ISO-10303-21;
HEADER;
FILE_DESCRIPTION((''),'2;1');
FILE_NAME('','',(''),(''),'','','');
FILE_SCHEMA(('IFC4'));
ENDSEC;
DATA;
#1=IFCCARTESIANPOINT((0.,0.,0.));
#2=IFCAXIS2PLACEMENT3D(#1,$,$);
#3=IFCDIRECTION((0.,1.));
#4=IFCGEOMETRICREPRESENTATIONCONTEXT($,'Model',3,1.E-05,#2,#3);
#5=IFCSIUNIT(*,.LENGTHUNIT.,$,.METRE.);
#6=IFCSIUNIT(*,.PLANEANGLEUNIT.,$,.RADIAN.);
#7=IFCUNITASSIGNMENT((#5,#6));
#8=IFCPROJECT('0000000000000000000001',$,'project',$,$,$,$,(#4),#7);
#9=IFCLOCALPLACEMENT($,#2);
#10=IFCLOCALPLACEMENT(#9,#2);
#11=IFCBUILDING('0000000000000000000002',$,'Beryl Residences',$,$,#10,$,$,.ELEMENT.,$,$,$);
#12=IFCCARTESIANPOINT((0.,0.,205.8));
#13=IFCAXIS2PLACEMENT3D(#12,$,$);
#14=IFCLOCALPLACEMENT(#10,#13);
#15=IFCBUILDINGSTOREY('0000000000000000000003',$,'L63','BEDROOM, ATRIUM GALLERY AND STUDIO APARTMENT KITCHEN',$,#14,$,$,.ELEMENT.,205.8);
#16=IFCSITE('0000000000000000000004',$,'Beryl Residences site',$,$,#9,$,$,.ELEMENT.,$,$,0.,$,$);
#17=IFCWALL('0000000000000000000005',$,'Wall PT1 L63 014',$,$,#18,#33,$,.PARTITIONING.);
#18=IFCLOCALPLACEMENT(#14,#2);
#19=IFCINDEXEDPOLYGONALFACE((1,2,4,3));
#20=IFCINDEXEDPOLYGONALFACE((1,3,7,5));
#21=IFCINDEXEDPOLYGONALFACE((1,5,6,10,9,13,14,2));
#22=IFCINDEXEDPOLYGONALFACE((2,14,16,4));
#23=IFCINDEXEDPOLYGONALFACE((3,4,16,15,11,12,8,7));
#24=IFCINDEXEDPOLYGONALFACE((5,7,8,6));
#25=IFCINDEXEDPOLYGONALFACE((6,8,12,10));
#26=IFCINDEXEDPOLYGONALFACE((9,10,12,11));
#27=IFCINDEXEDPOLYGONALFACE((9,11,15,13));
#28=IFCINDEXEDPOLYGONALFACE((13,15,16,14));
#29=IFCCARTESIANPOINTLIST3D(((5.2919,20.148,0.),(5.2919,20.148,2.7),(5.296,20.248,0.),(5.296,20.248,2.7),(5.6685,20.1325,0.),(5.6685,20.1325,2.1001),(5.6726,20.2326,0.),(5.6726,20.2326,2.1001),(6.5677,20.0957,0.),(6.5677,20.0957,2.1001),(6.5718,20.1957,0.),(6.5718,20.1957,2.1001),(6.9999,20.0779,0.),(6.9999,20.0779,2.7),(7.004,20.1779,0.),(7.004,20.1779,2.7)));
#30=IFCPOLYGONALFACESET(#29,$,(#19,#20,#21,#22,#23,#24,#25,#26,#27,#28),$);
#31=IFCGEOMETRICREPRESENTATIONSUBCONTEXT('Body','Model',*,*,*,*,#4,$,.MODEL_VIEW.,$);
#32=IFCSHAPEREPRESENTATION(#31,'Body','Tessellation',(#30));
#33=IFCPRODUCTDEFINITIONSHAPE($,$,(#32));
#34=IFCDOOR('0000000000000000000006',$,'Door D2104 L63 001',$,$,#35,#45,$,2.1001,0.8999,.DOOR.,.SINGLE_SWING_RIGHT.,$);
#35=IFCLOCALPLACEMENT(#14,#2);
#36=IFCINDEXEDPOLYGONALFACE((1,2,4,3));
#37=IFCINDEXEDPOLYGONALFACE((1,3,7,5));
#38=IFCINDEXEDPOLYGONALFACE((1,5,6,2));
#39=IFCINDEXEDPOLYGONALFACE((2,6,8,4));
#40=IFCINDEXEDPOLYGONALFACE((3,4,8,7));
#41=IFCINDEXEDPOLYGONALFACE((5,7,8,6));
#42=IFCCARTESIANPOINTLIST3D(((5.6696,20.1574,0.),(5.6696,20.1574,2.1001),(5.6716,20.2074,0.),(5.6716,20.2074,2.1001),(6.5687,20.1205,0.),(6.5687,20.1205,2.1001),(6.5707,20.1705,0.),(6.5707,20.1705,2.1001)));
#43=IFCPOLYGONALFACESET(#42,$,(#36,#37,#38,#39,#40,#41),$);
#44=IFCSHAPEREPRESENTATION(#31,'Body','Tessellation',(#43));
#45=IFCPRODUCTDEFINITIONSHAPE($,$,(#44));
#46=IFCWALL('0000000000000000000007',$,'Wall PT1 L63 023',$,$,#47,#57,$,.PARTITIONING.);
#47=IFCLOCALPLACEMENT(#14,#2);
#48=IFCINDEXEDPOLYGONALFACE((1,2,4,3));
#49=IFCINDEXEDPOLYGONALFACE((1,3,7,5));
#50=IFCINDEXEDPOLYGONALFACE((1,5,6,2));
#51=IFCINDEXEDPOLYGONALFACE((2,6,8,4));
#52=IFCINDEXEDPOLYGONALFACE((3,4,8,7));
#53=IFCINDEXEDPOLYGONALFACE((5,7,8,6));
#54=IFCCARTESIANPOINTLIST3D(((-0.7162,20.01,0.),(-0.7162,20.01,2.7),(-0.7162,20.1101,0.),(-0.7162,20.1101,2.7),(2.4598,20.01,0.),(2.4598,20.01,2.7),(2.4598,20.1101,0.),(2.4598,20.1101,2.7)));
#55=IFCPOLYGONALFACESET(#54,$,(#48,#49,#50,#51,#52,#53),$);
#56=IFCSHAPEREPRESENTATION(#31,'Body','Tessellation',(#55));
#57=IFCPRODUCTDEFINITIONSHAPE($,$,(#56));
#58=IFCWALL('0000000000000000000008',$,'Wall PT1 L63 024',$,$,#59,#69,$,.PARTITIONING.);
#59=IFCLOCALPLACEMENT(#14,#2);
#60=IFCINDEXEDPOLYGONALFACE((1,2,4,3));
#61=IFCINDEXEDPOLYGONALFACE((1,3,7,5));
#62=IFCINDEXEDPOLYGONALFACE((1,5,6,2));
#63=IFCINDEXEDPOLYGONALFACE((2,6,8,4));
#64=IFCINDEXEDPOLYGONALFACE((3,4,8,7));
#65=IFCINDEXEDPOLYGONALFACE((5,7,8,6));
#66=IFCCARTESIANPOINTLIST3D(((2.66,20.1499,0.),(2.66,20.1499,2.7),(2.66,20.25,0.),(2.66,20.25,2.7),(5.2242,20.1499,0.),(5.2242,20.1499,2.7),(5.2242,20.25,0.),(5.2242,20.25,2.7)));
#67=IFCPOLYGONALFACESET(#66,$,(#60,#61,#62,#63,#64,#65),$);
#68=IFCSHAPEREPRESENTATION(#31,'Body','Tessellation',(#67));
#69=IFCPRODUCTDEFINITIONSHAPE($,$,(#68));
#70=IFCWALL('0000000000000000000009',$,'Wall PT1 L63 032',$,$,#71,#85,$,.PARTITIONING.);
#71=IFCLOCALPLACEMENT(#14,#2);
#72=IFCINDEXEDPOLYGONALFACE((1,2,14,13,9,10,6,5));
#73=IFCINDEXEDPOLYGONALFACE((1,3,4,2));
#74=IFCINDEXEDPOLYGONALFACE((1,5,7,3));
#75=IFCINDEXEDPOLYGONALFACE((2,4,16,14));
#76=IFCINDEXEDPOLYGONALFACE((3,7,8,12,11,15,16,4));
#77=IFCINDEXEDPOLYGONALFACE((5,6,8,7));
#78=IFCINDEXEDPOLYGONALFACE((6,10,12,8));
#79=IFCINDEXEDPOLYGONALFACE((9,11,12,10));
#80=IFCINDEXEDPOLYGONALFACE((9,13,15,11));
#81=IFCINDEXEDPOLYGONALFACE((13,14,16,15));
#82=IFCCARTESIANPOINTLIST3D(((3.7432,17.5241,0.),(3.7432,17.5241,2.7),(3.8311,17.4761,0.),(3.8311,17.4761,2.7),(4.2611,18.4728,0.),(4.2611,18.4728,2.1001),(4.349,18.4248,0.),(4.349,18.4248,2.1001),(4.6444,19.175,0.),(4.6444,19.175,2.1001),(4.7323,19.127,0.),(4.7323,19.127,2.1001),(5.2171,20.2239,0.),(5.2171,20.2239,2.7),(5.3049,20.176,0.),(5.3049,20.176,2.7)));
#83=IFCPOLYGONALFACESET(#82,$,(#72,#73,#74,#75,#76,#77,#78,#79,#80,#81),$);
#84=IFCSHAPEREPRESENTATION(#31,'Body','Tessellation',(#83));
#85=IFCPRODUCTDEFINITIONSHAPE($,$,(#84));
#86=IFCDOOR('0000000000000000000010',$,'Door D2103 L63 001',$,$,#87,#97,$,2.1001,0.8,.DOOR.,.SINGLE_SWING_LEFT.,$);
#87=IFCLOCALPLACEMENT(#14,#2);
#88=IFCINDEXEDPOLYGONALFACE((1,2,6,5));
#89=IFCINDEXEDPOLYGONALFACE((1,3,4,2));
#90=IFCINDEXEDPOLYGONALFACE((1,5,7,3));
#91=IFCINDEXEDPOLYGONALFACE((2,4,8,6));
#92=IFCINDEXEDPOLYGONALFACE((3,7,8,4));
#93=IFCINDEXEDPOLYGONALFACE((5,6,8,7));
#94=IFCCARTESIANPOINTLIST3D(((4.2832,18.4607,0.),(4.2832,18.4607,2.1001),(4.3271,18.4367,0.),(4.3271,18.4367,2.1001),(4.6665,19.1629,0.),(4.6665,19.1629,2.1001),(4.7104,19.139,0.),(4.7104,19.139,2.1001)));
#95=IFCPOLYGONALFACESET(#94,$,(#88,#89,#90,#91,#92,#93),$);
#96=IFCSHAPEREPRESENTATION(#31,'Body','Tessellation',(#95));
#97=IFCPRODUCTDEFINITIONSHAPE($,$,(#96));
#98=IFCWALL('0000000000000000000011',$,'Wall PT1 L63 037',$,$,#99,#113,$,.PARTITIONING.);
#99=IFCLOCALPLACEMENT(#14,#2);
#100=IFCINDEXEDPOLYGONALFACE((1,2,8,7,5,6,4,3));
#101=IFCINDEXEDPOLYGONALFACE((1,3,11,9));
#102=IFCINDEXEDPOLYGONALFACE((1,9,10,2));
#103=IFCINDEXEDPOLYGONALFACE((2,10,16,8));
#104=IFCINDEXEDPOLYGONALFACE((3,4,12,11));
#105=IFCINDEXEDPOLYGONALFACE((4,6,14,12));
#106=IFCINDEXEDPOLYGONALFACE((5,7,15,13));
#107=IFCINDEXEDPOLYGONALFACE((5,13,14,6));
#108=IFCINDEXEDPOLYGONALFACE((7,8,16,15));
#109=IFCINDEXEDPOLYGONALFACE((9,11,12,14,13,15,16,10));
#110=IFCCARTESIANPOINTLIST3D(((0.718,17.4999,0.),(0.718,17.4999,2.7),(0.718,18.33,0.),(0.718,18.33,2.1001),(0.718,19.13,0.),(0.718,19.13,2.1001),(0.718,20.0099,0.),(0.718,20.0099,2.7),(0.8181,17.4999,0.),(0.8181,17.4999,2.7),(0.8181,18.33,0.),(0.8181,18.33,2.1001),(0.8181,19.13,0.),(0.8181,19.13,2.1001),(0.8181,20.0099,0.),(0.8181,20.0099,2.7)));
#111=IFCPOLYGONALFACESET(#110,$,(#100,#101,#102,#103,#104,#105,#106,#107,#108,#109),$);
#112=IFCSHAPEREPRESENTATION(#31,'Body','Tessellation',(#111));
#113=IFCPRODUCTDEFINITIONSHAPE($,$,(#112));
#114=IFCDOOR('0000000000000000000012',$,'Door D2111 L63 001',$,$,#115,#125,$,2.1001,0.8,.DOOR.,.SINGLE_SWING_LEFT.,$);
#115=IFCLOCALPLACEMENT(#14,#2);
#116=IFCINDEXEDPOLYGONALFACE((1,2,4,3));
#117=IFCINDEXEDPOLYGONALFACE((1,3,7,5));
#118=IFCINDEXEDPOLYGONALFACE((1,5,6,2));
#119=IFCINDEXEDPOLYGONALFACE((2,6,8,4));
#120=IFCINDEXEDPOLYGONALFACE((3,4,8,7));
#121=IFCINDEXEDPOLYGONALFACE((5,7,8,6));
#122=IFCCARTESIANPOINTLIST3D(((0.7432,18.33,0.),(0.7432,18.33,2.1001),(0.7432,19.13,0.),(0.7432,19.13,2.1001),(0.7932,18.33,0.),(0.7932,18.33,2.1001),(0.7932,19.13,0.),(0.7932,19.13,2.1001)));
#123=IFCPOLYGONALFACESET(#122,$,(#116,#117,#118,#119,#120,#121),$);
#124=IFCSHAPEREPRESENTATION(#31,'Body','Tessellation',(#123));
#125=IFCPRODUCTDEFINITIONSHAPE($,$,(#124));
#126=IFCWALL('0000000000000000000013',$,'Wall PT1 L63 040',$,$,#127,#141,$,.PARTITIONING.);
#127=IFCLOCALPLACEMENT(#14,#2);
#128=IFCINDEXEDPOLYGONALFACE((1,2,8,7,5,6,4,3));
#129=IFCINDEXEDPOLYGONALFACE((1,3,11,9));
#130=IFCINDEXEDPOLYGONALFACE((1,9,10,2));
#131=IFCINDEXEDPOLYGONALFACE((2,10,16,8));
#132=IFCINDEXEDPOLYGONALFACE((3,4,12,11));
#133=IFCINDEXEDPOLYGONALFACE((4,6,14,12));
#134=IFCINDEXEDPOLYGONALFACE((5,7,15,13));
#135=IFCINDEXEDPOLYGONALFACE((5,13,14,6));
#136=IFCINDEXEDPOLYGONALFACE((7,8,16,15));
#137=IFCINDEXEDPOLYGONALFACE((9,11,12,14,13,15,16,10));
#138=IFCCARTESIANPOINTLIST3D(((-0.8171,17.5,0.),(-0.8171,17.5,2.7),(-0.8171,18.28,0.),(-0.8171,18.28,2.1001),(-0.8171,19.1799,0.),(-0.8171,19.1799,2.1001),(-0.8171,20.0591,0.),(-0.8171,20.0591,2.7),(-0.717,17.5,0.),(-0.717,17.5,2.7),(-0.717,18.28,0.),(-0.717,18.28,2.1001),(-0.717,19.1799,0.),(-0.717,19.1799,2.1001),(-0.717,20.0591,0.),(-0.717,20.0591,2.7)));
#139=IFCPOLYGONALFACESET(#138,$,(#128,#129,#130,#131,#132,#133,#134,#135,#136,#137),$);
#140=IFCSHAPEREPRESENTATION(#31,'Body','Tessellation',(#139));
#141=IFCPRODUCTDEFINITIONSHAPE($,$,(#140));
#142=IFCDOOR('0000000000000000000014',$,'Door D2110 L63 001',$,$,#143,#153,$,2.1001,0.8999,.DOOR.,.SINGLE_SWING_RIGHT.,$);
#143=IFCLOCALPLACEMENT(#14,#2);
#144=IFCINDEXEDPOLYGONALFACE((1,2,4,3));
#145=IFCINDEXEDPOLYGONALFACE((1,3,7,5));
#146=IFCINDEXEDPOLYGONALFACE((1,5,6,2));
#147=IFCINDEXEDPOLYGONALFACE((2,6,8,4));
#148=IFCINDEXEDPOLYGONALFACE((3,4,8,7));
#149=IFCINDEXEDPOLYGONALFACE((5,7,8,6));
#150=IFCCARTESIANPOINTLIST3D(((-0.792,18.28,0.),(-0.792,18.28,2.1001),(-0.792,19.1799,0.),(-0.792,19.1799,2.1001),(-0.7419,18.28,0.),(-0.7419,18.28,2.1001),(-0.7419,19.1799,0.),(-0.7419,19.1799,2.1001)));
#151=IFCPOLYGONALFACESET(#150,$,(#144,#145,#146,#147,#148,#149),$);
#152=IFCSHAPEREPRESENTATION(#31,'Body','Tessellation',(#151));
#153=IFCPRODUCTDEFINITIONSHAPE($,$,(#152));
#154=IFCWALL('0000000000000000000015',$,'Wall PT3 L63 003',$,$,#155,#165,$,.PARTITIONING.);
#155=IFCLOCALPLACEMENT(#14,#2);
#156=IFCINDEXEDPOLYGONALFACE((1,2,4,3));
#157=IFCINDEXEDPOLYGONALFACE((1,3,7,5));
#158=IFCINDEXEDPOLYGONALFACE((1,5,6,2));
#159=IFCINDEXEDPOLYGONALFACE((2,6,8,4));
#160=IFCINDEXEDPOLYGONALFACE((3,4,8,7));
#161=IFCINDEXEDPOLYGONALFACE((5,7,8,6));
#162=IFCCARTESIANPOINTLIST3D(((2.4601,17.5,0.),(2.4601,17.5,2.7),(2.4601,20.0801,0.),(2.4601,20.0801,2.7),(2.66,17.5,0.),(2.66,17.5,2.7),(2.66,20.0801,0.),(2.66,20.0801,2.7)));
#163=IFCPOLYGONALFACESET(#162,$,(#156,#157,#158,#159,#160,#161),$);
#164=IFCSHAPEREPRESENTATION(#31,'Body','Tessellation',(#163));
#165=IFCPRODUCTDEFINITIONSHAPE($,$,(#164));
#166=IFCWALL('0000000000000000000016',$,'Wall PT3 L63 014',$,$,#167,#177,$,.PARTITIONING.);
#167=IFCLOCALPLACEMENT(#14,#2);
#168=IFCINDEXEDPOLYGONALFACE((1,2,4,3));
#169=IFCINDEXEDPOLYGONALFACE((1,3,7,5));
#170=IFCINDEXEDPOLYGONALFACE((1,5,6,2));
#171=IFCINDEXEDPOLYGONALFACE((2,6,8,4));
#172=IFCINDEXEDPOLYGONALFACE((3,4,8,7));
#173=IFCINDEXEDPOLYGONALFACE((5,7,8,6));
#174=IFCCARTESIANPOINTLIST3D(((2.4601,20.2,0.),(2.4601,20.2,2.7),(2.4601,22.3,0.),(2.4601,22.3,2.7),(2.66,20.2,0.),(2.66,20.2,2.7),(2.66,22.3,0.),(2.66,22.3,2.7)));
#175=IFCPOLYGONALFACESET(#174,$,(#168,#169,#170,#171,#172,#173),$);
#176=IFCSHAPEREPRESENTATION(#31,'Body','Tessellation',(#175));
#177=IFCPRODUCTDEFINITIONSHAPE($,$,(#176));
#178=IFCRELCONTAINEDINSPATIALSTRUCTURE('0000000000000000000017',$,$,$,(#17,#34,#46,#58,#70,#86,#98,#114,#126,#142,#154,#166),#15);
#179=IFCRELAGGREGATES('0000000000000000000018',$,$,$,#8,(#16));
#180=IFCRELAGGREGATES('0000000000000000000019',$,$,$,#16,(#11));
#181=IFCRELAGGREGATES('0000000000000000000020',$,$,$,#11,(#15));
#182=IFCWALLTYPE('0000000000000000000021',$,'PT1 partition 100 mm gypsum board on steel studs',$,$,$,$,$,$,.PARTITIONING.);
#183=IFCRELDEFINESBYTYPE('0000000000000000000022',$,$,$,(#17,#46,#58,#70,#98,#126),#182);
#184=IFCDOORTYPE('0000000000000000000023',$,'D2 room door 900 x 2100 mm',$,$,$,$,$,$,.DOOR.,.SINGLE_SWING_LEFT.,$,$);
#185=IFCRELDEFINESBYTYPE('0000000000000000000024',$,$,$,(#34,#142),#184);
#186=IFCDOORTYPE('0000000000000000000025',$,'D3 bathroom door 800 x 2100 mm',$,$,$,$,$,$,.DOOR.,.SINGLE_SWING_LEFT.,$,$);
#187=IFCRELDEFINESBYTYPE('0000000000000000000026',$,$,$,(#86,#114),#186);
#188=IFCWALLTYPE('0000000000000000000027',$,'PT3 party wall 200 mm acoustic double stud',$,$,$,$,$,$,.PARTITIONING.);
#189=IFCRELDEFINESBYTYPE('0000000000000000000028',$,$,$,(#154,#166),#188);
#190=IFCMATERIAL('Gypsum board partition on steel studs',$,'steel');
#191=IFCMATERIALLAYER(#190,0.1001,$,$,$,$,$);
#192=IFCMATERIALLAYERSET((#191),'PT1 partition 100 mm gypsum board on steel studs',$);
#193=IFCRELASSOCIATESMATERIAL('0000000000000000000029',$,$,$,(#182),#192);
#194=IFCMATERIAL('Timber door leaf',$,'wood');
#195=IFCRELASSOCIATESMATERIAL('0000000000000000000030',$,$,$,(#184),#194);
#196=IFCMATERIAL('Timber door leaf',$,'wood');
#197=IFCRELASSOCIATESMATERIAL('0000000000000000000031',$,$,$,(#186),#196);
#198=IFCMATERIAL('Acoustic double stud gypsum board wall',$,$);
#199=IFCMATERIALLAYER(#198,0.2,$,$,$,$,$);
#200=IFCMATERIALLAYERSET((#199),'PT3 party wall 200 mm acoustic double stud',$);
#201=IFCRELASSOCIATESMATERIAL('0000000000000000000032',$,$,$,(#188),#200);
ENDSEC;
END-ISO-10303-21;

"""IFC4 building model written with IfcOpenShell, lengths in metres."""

from ifc_helpers import new_model, si_unit, direction, frame, frame_2d, origin, place, context, subcontext, project, spatial, rectangle, extrude, material, layer, layer_set, type_object, element, fill, save


model = new_model("IFC4")

# Units and contexts
model_context = context("Model", 3, precision=1e-05, world=origin(), true_north=direction((0.0, 1.0)))
body_context = subcontext(model_context, "Body", "Model", "MODEL_VIEW")
ifc_project = project(units=[si_unit("LENGTHUNIT", "METRE"), si_unit("PLANEANGLEUNIT", "RADIAN")], contexts=[model_context])

# Site, building, storey
site_placement = place(None, origin())
site = spatial("IfcSite", under=ifc_project, at=site_placement, Name="Beryl Residences site", CompositionType="ELEMENT", RefElevation=0.0)
building_placement = place(site_placement, origin())
building = spatial("IfcBuilding", under=site, at=building_placement, Name="Beryl Residences", CompositionType="ELEMENT")
storey_placement = place(building_placement, frame((0.0, 0.0, 205.8)))
storey = spatial("IfcBuildingStorey", under=building, at=storey_placement, Name="L63", Description="BEDROOM, ATRIUM GALLERY AND STUDIO APARTMENT KITCHEN", CompositionType="ELEMENT", Elevation=205.8)

# Shared definitions
ifc_material_1 = material(Name="Gypsum board partition on steel studs", Category="steel")
ifc_layer_1 = layer(ifc_material_1, 0.1001)
ifc_layer_set_1 = layer_set([ifc_layer_1], Name="PT1 partition 100 mm gypsum board on steel studs")
wall_type_1 = type_object("IfcWallType", Name="PT1 partition 100 mm gypsum board on steel studs", PredefinedType="PARTITIONING", material=ifc_layer_set_1)

# Wall, opening, door
wall_1_placement = place(storey_placement, frame((5.2939, 20.198, 0.0), z_axis=(0.0, 0.0, 1.0), x_axis=(0.99916, -0.040989, 0.0)))
wall_1 = element("IfcWall", 1, at=wall_1_placement, inside=storey, type_object=wall_type_1, Name="Wall PT1 L63 014", PredefinedType="PARTITIONING", context=body_context, shape_type="SweptSolid", body=[
    extrude(rectangle(XDim=1.7095, YDim=0.1001, at=frame_2d((0.8547, 0.0))), origin(), (0.0, 0.0, 1.0), 2.7),
])
opening_1_placement = place(wall_1_placement, frame((0.377, 0.0, 0.0)))
opening_1 = element("IfcOpeningElement", 2, at=opening_1_placement, cuts=wall_1, PredefinedType="OPENING", context=body_context, shape_type="SweptSolid", body=[
    extrude(rectangle(XDim=0.8999, YDim=2.1001, at=frame_2d((0.45, 1.05))), frame((0.0, 0.0601, 0.0), z_axis=(0.0, -1.0, 0.0), x_axis=(1.0, 0.0, 0.0)), (0.0, 0.0, 1.0), 0.1201),
])
ifc_material_2 = material(Name="Timber door leaf", Category="wood")
door_type_1 = type_object("IfcDoorType", Name="D2 room door 900 x 2100 mm", OperationType="SINGLE_SWING_LEFT", PredefinedType="DOOR", material=ifc_material_2)
door_1_placement = place(opening_1_placement, origin())
door_1 = element("IfcDoor", 3, at=door_1_placement, inside=storey, type_object=door_type_1, Name="Door D2104 L63 001", OperationType="SINGLE_SWING_RIGHT", OverallHeight=2.1001, OverallWidth=0.8999, PredefinedType="DOOR", context=body_context, shape_type="SweptSolid", body=[
    extrude(rectangle(XDim=0.8999, YDim=2.1001, at=frame_2d((0.45, 1.05))), frame((0.0, 0.0249, 0.0), z_axis=(0.0, -1.0, 0.0), x_axis=(1.0, 0.0, 0.0)), (0.0, 0.0, 1.0), 0.05),
])
fill(opening_1, door_1)

# Walls
wall_2_placement = place(storey_placement, frame((-0.7161, 20.0601, 0.0), z_axis=(0.0, 0.0, 1.0), x_axis=(1.0, 0.0, 0.0)))
element("IfcWall", 4, at=wall_2_placement, inside=storey, type_object=wall_type_1, Name="Wall PT1 L63 023", PredefinedType="PARTITIONING", context=body_context, shape_type="SweptSolid", body=[
    extrude(rectangle(XDim=3.176, YDim=0.1001, at=frame_2d((1.5879, 0.0))), origin(), (0.0, 0.0, 1.0), 2.7),
])
wall_3_placement = place(storey_placement, frame((2.6599, 20.2, 0.0), z_axis=(0.0, 0.0, 1.0), x_axis=(1.0, 0.0, 0.0)))
element("IfcWall", 5, at=wall_3_placement, inside=storey, type_object=wall_type_1, Name="Wall PT1 L63 024", PredefinedType="PARTITIONING", context=body_context, shape_type="SweptSolid", body=[
    extrude(rectangle(XDim=2.5642, YDim=0.1001, at=frame_2d((1.2822, 0.0))), origin(), (0.0, 0.0, 1.0), 2.7),
])

# Walls, openings, doors
wall_4_placement = place(storey_placement, frame((3.7871, 17.5, 0.0), z_axis=(0.0, 0.0, 1.0), x_axis=(0.479147, 0.877735, 0.0)))
wall_4 = element("IfcWall", 6, at=wall_4_placement, inside=storey, type_object=wall_type_1, Name="Wall PT1 L63 032", PredefinedType="PARTITIONING", context=body_context, shape_type="SweptSolid", body=[
    extrude(rectangle(XDim=3.0759, YDim=0.1001, at=frame_2d((1.5381, 0.0))), origin(), (0.0, 0.0, 1.0), 2.7),
])
opening_2_placement = place(wall_4_placement, frame((1.0811, 0.0, 0.0)))
opening_2 = element("IfcOpeningElement", 7, at=opening_2_placement, cuts=wall_4, PredefinedType="OPENING", context=body_context, shape_type="SweptSolid", body=[
    extrude(rectangle(XDim=0.8, YDim=2.1001, at=frame_2d((0.3999, 1.05))), frame((0.0, 0.0601, 0.0), z_axis=(0.0, -1.0, 0.0), x_axis=(1.0, 0.0, 0.0)), (0.0, 0.0, 1.0), 0.1201),
])
ifc_material_3 = material(Name="Timber door leaf", Category="wood")
door_type_2 = type_object("IfcDoorType", Name="D3 bathroom door 800 x 2100 mm", OperationType="SINGLE_SWING_LEFT", PredefinedType="DOOR", material=ifc_material_3)
door_2_placement = place(opening_2_placement, origin())
door_2 = element("IfcDoor", 8, at=door_2_placement, inside=storey, type_object=door_type_2, Name="Door D2103 L63 001", OperationType="SINGLE_SWING_LEFT", OverallHeight=2.1001, OverallWidth=0.8, PredefinedType="DOOR", context=body_context, shape_type="SweptSolid", body=[
    extrude(rectangle(XDim=0.8, YDim=2.1001, at=frame_2d((0.3999, 1.05))), frame((0.0, 0.0249, 0.0), z_axis=(0.0, -1.0, 0.0), x_axis=(1.0, 0.0, 0.0)), (0.0, 0.0, 1.0), 0.05),
])
fill(opening_2, door_2)
wall_5_placement = place(storey_placement, frame((0.7681, 17.5, 0.0), z_axis=(0.0, 0.0, 1.0), x_axis=(0.0, 1.0, 0.0)))
wall_5 = element("IfcWall", 9, at=wall_5_placement, inside=storey, type_object=wall_type_1, Name="Wall PT1 L63 037", PredefinedType="PARTITIONING", context=body_context, shape_type="SweptSolid", body=[
    extrude(rectangle(XDim=2.51, YDim=0.1001, at=frame_2d((1.2549, 0.0))), origin(), (0.0, 0.0, 1.0), 2.7),
])
opening_3_placement = place(wall_5_placement, frame((0.8301, 0.0, 0.0)))
opening_3 = element("IfcOpeningElement", 10, at=opening_3_placement, cuts=wall_5, PredefinedType="OPENING", context=body_context, shape_type="SweptSolid", body=[
    extrude(rectangle(XDim=0.8, YDim=2.1001, at=frame_2d((0.3999, 1.05))), frame((0.0, 0.0601, 0.0), z_axis=(0.0, -1.0, 0.0), x_axis=(1.0, 0.0, 0.0)), (0.0, 0.0, 1.0), 0.1201),
])
door_3_placement = place(opening_3_placement, origin())
door_3 = element("IfcDoor", 11, at=door_3_placement, inside=storey, type_object=door_type_2, Name="Door D2111 L63 001", OperationType="SINGLE_SWING_LEFT", OverallHeight=2.1001, OverallWidth=0.8, PredefinedType="DOOR", context=body_context, shape_type="SweptSolid", body=[
    extrude(rectangle(XDim=0.8, YDim=2.1001, at=frame_2d((0.3999, 1.05))), frame((0.0, 0.0249, 0.0), z_axis=(0.0, -1.0, 0.0), x_axis=(1.0, 0.0, 0.0)), (0.0, 0.0, 1.0), 0.05),
])
fill(opening_3, door_3)
wall_6_placement = place(storey_placement, frame((-0.7671, 17.5, 0.0), z_axis=(0.0, 0.0, 1.0), x_axis=(0.0, 1.0, 0.0)))
wall_6 = element("IfcWall", 12, at=wall_6_placement, inside=storey, type_object=wall_type_1, Name="Wall PT1 L63 040", PredefinedType="PARTITIONING", context=body_context, shape_type="SweptSolid", body=[
    extrude(rectangle(XDim=2.5591, YDim=0.1001, at=frame_2d((1.2795, 0.0))), origin(), (0.0, 0.0, 1.0), 2.7),
])
opening_4_placement = place(wall_6_placement, frame((0.78, 0.0, 0.0)))
opening_4 = element("IfcOpeningElement", 13, at=opening_4_placement, cuts=wall_6, PredefinedType="OPENING", context=body_context, shape_type="SweptSolid", body=[
    extrude(rectangle(XDim=0.8999, YDim=2.1001, at=frame_2d((0.45, 1.05))), frame((0.0, 0.0601, 0.0), z_axis=(0.0, -1.0, 0.0), x_axis=(1.0, 0.0, 0.0)), (0.0, 0.0, 1.0), 0.1201),
])
door_4_placement = place(opening_4_placement, origin())
door_4 = element("IfcDoor", 14, at=door_4_placement, inside=storey, type_object=door_type_1, Name="Door D2110 L63 001", OperationType="SINGLE_SWING_RIGHT", OverallHeight=2.1001, OverallWidth=0.8999, PredefinedType="DOOR", context=body_context, shape_type="SweptSolid", body=[
    extrude(rectangle(XDim=0.8999, YDim=2.1001, at=frame_2d((0.45, 1.05))), frame((0.0, 0.0249, 0.0), z_axis=(0.0, -1.0, 0.0), x_axis=(1.0, 0.0, 0.0)), (0.0, 0.0, 1.0), 0.05),
])
fill(opening_4, door_4)

# Walls
ifc_material_4 = material(Name="Acoustic double stud gypsum board wall")
ifc_layer_2 = layer(ifc_material_4, 0.2)
ifc_layer_set_2 = layer_set([ifc_layer_2], Name="PT3 party wall 200 mm acoustic double stud")
wall_type_2 = type_object("IfcWallType", Name="PT3 party wall 200 mm acoustic double stud", PredefinedType="PARTITIONING", material=ifc_layer_set_2)
wall_7_placement = place(storey_placement, frame((2.5601, 20.0801, 0.0), z_axis=(0.0, 0.0, 1.0), x_axis=(0.0, -1.0, 0.0)))
element("IfcWall", 15, at=wall_7_placement, inside=storey, type_object=wall_type_2, Name="Wall PT3 L63 003", PredefinedType="PARTITIONING", context=body_context, shape_type="SweptSolid", body=[
    extrude(rectangle(XDim=2.5801, YDim=0.2, at=frame_2d((1.29, 0.0))), origin(), (0.0, 0.0, 1.0), 2.7),
])
wall_8_placement = place(storey_placement, frame((2.5601, 20.2, 0.0), z_axis=(0.0, 0.0, 1.0), x_axis=(0.0, 1.0, 0.0)))
element("IfcWall", 16, at=wall_8_placement, inside=storey, type_object=wall_type_2, Name="Wall PT3 L63 014", PredefinedType="PARTITIONING", context=body_context, shape_type="SweptSolid", body=[
    extrude(rectangle(XDim=2.1001, YDim=0.2, at=frame_2d((1.05, 0.0))), origin(), (0.0, 0.0, 1.0), 2.7),
])

save(model, "model.ifc")
